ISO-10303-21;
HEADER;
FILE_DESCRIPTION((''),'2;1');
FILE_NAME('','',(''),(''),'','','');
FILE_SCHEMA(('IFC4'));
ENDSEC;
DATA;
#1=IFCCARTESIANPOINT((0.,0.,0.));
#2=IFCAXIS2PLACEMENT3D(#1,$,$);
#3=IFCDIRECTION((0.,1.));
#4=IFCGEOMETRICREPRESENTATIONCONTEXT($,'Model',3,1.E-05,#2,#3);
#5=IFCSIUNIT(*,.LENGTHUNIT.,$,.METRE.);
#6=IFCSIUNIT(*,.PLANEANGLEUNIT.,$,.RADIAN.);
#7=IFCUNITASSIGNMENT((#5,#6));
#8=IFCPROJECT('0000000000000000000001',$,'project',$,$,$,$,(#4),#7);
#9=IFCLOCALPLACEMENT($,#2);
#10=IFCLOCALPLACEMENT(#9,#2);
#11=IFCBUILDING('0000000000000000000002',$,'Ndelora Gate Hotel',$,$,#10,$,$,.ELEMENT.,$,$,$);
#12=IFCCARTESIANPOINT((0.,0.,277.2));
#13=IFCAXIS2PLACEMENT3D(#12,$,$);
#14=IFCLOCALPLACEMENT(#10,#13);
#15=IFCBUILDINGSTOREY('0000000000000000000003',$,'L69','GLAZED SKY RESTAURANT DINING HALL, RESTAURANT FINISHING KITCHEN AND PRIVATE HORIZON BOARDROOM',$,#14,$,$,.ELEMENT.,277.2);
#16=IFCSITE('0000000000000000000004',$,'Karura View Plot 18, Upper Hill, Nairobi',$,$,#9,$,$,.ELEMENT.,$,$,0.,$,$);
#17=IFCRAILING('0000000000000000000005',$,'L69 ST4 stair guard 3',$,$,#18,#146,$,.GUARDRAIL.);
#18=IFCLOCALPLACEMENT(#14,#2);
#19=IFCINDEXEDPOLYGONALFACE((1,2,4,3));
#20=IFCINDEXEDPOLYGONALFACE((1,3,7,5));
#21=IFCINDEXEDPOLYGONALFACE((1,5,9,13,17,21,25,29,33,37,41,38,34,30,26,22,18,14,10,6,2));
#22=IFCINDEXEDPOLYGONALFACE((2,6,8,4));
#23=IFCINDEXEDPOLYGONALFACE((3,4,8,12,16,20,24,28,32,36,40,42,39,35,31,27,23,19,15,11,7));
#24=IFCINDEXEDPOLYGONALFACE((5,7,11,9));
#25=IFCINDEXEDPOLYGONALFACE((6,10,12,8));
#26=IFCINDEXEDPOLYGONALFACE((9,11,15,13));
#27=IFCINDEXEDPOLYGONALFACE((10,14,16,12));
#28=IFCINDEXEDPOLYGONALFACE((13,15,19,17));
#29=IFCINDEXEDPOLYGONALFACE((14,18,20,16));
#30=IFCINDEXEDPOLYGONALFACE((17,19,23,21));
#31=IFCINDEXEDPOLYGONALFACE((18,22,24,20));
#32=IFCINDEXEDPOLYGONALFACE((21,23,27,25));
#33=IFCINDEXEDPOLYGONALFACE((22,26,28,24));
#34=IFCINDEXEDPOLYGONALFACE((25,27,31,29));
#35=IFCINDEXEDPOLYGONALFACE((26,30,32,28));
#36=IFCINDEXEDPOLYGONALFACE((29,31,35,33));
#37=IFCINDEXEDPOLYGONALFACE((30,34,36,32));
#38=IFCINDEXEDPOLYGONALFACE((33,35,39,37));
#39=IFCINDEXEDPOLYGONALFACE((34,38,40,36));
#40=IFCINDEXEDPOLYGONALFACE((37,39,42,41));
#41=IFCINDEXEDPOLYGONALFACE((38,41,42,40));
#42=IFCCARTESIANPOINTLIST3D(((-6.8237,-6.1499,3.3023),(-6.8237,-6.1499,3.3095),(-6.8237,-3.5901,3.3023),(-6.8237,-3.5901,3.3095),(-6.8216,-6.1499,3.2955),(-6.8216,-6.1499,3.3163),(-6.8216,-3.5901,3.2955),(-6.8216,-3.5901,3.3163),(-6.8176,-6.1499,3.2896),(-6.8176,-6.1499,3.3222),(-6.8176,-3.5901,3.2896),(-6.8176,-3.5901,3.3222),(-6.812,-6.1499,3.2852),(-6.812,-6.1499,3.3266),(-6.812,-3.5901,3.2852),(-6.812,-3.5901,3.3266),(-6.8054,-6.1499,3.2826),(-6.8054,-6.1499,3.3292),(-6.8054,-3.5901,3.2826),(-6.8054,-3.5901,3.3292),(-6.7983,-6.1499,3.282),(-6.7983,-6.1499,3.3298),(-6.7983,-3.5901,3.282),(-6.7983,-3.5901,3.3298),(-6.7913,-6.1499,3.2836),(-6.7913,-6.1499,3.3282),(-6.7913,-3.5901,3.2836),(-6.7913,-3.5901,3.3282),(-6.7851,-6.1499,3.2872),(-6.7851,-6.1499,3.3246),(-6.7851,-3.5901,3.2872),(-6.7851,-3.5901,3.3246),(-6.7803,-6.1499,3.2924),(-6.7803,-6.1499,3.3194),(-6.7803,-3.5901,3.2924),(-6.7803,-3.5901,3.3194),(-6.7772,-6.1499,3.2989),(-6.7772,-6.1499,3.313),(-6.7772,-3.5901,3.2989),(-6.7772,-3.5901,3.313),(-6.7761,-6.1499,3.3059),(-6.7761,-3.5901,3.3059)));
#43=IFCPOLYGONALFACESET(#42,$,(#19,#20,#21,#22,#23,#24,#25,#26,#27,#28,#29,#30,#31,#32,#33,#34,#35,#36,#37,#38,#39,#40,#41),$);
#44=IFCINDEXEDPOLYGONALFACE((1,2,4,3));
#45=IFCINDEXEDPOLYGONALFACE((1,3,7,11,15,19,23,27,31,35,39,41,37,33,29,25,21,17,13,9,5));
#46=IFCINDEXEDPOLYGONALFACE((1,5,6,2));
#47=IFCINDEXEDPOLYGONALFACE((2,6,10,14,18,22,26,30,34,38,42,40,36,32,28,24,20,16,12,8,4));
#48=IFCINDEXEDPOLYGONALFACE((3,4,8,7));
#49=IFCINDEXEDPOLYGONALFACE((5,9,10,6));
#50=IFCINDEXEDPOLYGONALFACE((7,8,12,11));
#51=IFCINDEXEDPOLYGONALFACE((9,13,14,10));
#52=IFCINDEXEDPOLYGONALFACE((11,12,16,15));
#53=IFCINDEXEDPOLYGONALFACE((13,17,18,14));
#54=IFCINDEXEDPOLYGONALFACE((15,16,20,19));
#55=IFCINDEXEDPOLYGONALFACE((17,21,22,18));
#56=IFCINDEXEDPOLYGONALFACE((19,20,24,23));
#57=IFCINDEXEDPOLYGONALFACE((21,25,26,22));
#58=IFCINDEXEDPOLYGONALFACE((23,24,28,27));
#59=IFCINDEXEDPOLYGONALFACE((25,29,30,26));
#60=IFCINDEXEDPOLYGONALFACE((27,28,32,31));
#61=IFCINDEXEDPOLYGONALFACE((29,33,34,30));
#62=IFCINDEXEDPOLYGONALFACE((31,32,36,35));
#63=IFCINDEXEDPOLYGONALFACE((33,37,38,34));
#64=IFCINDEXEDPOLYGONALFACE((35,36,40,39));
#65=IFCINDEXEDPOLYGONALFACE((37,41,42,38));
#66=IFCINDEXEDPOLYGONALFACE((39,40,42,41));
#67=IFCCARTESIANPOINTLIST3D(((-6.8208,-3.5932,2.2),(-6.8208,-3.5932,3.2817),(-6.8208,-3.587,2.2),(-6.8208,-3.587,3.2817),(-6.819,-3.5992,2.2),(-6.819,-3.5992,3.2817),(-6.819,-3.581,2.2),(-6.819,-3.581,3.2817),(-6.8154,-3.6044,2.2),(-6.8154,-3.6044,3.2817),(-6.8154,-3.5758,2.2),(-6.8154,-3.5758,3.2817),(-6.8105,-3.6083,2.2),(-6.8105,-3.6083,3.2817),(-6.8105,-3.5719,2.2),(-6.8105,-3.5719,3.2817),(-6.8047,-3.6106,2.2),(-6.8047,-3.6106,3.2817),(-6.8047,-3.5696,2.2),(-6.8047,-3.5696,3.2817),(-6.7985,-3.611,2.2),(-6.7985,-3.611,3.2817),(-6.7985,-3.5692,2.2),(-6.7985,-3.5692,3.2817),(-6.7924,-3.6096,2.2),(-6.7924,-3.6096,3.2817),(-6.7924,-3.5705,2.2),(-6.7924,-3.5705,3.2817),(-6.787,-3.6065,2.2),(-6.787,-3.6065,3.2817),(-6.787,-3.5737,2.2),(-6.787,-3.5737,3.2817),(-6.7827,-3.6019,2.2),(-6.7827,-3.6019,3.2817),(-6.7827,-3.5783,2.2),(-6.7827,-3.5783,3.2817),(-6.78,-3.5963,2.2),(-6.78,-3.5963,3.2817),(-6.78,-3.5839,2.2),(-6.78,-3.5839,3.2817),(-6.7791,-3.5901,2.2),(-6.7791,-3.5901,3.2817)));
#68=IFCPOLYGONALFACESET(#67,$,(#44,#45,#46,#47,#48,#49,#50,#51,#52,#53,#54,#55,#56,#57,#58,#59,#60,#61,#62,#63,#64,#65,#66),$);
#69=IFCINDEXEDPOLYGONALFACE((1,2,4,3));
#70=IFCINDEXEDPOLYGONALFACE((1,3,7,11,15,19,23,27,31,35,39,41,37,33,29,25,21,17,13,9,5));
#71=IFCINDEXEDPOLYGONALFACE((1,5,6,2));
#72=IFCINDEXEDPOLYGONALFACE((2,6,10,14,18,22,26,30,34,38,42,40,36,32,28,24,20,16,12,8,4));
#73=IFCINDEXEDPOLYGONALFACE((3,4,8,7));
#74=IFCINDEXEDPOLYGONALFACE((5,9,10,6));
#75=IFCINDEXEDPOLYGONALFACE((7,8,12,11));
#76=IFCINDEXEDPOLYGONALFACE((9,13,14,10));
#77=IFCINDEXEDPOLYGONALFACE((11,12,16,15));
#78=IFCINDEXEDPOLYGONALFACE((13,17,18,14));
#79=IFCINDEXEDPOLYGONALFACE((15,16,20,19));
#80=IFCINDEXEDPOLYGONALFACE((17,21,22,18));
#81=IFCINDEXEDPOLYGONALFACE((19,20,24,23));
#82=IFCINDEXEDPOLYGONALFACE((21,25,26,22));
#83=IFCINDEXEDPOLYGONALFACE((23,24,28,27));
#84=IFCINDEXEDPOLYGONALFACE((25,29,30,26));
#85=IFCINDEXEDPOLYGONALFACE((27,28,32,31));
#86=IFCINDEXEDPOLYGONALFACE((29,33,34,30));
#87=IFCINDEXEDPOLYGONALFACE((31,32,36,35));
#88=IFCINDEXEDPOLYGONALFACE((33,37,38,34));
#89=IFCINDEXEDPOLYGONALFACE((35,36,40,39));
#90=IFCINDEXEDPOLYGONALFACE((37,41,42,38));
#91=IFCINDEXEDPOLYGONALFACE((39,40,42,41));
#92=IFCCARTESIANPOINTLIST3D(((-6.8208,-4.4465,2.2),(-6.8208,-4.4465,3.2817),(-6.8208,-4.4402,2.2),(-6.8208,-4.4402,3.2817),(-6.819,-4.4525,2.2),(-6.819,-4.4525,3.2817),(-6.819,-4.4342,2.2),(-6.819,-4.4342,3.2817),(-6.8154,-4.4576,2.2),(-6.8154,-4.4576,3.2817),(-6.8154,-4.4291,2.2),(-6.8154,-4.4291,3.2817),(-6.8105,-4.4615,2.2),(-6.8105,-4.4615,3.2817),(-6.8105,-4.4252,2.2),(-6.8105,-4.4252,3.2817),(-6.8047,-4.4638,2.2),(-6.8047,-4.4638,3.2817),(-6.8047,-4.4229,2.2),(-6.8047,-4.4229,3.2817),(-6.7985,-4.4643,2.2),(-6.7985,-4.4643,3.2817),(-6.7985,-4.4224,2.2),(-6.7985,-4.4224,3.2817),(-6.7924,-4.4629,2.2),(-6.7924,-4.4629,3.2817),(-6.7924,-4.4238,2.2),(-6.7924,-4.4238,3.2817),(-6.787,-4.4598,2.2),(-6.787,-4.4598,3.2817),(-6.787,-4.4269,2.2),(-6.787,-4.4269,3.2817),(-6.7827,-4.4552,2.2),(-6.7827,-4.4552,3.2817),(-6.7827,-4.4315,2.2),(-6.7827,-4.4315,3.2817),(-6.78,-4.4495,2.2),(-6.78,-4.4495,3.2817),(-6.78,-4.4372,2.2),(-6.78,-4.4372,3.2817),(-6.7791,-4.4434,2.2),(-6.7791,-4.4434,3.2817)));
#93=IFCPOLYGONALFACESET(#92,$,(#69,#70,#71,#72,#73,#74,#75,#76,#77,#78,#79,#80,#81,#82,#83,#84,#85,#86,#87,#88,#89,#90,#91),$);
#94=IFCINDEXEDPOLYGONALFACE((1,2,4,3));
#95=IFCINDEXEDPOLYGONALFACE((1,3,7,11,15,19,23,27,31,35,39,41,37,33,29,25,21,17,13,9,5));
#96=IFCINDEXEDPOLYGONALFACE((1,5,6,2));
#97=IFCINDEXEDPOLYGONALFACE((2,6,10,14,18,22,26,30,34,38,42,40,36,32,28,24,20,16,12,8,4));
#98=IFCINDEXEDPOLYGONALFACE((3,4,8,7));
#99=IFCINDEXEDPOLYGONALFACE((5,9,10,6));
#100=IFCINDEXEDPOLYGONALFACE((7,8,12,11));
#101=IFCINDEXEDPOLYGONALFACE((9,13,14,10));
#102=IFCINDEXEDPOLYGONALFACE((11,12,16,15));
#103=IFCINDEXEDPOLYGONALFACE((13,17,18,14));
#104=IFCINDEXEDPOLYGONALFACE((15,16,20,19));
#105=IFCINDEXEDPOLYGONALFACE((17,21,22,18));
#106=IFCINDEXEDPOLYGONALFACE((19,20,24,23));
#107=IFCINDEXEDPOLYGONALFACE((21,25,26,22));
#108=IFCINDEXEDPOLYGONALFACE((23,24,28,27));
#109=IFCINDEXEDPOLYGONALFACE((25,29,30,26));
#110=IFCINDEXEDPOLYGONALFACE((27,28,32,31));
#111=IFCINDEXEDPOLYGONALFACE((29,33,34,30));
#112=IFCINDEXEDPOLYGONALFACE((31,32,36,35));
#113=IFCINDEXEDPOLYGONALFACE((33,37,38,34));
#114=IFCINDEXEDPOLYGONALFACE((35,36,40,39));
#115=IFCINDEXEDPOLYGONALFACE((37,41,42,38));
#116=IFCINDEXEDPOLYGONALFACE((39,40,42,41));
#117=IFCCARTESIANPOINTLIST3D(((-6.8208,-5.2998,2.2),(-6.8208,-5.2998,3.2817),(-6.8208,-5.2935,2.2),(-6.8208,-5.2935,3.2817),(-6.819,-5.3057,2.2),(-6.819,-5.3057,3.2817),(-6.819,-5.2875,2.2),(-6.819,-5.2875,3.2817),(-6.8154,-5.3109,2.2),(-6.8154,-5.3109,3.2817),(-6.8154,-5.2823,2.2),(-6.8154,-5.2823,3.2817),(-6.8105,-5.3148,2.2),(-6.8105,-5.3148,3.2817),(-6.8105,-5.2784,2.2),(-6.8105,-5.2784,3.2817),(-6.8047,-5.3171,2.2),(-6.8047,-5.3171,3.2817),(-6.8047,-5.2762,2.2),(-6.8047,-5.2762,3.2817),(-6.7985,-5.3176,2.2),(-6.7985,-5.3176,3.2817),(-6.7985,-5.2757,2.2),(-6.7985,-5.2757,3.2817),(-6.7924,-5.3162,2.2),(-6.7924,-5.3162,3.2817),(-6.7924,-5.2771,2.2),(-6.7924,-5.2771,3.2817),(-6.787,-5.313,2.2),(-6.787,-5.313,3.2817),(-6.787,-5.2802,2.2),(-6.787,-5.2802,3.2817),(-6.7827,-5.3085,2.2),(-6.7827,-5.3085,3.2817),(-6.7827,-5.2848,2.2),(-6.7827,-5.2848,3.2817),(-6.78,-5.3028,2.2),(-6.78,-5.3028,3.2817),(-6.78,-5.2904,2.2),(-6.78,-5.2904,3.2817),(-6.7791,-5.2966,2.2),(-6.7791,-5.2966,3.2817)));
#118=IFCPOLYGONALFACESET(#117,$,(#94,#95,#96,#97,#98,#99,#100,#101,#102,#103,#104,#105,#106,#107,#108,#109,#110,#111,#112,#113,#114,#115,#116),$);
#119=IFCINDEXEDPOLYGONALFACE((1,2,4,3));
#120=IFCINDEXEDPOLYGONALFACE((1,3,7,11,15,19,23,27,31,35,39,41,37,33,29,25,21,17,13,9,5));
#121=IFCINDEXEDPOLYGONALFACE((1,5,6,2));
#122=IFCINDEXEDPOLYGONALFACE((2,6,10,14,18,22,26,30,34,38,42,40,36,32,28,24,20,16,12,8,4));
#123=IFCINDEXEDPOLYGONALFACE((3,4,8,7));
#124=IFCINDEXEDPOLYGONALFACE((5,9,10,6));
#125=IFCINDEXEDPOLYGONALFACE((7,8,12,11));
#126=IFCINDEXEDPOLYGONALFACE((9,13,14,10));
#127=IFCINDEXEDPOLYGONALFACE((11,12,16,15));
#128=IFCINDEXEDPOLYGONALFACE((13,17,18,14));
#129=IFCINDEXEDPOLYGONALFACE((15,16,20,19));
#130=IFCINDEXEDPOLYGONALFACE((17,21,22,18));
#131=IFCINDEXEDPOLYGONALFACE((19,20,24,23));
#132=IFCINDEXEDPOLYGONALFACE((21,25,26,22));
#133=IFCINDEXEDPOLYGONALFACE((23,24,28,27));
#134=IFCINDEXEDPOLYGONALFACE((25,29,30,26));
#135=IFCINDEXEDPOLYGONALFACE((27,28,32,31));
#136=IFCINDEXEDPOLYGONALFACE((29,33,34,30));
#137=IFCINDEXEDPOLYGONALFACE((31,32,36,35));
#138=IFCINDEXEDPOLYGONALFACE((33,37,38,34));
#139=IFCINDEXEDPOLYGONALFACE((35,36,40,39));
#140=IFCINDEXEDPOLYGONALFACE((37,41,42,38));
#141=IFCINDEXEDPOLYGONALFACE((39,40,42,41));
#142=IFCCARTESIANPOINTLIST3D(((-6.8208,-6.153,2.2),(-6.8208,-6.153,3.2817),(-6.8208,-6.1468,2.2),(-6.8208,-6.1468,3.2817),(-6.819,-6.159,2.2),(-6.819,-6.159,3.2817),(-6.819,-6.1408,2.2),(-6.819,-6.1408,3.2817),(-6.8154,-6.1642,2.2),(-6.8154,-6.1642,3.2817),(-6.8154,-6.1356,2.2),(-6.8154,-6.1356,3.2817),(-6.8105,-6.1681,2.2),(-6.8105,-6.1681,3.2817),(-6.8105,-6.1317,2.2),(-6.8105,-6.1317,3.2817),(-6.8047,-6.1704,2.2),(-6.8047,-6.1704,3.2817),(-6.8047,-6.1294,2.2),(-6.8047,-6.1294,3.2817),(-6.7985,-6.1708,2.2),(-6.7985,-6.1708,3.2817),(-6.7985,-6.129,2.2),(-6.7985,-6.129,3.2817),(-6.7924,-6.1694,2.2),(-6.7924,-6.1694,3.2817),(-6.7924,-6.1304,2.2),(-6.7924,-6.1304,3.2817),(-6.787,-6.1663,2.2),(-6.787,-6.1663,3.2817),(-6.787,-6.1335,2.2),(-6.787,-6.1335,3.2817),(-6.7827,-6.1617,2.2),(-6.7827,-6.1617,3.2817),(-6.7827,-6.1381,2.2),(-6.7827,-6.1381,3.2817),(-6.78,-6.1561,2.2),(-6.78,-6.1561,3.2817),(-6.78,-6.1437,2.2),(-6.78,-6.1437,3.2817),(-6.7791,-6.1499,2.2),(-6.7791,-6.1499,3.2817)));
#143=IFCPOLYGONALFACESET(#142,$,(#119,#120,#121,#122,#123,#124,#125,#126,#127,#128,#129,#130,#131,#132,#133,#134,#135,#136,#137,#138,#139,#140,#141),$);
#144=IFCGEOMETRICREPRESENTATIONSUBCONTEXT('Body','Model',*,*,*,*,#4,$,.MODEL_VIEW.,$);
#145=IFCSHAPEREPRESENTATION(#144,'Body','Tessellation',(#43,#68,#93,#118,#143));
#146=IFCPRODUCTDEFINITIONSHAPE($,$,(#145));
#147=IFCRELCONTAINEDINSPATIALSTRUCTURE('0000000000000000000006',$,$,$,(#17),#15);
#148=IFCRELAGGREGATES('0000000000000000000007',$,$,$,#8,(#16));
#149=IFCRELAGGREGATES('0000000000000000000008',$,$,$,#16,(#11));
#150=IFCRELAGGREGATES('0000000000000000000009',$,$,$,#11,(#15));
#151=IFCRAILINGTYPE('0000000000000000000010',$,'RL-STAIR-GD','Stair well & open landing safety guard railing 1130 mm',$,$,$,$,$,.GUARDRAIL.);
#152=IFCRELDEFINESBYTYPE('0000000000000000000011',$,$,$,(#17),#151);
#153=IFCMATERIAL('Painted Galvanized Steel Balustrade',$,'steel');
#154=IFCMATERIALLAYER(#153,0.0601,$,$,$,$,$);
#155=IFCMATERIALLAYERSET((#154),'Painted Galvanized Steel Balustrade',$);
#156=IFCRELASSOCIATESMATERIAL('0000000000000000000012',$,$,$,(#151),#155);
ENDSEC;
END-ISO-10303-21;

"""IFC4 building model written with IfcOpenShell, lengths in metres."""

from ifc_helpers import new_model, si_unit, direction, frame, origin, origin_2d, place, context, subcontext, project, spatial, circle, extrude, material, layer, layer_set, type_object, element, save


model = new_model("IFC4")

# Units and contexts
model_context = context("Model", 3, precision=1e-05, world=origin(), true_north=direction((0.0, 1.0)))
body_context = subcontext(model_context, "Body", "Model", "MODEL_VIEW")
ifc_project = project(units=[si_unit("LENGTHUNIT", "METRE"), si_unit("PLANEANGLEUNIT", "RADIAN")], contexts=[model_context])

# Site, building, storey
site_placement = place(None, origin())
site = spatial("IfcSite", under=ifc_project, at=site_placement, Name="Karura View Plot 18, Upper Hill, Nairobi", CompositionType="ELEMENT", RefElevation=0.0)
building_placement = place(site_placement, origin())
building = spatial("IfcBuilding", under=site, at=building_placement, Name="Ndelora Gate Hotel", CompositionType="ELEMENT")
storey_placement = place(building_placement, frame((0.0, 0.0, 277.2)))
storey = spatial("IfcBuildingStorey", under=building, at=storey_placement, Name="L69", Description="GLAZED SKY RESTAURANT DINING HALL, RESTAURANT FINISHING KITCHEN AND PRIVATE HORIZON BOARDROOM", CompositionType="ELEMENT", Elevation=277.2)

# Railing
ifc_material_1 = material(Name="Painted Galvanized Steel Balustrade", Category="steel")
ifc_layer_1 = layer(ifc_material_1, 0.0601)
ifc_layer_set_1 = layer_set([ifc_layer_1], Name="Painted Galvanized Steel Balustrade")
railing_type_1 = type_object("IfcRailingType", Name="RL-STAIR-GD", Description="Stair well & open landing safety guard railing 1130 mm", PredefinedType="GUARDRAIL", material=ifc_layer_set_1)
for number, where, name in (
    (1, (-6.8, -3.5901, 2.2), "L69 ST4 stair guard 3"),
):
    element("IfcRailing", number, at=place(storey_placement, frame(where)), inside=storey, type_object=railing_type_1, Name=name, PredefinedType="GUARDRAIL", context=body_context, shape_type="SweptSolid", body=[
        extrude(circle(Radius=0.0239, at=origin_2d()), frame((0.0, 0.0, 1.106), z_axis=(0.0, -1.0, 0.0), x_axis=(1.0, 0.0, 0.0)), (0.0, 0.0, 1.0), 2.5598),
        extrude(circle(Radius=0.021, at=origin_2d()), origin(), (0.0, 0.0, 1.0), 1.0818),
        extrude(circle(Radius=0.021, at=origin_2d()), frame((0.0, -0.8533, 0.0)), (0.0, 0.0, 1.0), 1.0818),
        extrude(circle(Radius=0.021, at=origin_2d()), frame((0.0, -1.7065, 0.0)), (0.0, 0.0, 1.0), 1.0818),
        extrude(circle(Radius=0.021, at=origin_2d()), frame((0.0, -2.5598, 0.0)), (0.0, 0.0, 1.0), 1.0818),
    ])

save(model, "model.ifc")
